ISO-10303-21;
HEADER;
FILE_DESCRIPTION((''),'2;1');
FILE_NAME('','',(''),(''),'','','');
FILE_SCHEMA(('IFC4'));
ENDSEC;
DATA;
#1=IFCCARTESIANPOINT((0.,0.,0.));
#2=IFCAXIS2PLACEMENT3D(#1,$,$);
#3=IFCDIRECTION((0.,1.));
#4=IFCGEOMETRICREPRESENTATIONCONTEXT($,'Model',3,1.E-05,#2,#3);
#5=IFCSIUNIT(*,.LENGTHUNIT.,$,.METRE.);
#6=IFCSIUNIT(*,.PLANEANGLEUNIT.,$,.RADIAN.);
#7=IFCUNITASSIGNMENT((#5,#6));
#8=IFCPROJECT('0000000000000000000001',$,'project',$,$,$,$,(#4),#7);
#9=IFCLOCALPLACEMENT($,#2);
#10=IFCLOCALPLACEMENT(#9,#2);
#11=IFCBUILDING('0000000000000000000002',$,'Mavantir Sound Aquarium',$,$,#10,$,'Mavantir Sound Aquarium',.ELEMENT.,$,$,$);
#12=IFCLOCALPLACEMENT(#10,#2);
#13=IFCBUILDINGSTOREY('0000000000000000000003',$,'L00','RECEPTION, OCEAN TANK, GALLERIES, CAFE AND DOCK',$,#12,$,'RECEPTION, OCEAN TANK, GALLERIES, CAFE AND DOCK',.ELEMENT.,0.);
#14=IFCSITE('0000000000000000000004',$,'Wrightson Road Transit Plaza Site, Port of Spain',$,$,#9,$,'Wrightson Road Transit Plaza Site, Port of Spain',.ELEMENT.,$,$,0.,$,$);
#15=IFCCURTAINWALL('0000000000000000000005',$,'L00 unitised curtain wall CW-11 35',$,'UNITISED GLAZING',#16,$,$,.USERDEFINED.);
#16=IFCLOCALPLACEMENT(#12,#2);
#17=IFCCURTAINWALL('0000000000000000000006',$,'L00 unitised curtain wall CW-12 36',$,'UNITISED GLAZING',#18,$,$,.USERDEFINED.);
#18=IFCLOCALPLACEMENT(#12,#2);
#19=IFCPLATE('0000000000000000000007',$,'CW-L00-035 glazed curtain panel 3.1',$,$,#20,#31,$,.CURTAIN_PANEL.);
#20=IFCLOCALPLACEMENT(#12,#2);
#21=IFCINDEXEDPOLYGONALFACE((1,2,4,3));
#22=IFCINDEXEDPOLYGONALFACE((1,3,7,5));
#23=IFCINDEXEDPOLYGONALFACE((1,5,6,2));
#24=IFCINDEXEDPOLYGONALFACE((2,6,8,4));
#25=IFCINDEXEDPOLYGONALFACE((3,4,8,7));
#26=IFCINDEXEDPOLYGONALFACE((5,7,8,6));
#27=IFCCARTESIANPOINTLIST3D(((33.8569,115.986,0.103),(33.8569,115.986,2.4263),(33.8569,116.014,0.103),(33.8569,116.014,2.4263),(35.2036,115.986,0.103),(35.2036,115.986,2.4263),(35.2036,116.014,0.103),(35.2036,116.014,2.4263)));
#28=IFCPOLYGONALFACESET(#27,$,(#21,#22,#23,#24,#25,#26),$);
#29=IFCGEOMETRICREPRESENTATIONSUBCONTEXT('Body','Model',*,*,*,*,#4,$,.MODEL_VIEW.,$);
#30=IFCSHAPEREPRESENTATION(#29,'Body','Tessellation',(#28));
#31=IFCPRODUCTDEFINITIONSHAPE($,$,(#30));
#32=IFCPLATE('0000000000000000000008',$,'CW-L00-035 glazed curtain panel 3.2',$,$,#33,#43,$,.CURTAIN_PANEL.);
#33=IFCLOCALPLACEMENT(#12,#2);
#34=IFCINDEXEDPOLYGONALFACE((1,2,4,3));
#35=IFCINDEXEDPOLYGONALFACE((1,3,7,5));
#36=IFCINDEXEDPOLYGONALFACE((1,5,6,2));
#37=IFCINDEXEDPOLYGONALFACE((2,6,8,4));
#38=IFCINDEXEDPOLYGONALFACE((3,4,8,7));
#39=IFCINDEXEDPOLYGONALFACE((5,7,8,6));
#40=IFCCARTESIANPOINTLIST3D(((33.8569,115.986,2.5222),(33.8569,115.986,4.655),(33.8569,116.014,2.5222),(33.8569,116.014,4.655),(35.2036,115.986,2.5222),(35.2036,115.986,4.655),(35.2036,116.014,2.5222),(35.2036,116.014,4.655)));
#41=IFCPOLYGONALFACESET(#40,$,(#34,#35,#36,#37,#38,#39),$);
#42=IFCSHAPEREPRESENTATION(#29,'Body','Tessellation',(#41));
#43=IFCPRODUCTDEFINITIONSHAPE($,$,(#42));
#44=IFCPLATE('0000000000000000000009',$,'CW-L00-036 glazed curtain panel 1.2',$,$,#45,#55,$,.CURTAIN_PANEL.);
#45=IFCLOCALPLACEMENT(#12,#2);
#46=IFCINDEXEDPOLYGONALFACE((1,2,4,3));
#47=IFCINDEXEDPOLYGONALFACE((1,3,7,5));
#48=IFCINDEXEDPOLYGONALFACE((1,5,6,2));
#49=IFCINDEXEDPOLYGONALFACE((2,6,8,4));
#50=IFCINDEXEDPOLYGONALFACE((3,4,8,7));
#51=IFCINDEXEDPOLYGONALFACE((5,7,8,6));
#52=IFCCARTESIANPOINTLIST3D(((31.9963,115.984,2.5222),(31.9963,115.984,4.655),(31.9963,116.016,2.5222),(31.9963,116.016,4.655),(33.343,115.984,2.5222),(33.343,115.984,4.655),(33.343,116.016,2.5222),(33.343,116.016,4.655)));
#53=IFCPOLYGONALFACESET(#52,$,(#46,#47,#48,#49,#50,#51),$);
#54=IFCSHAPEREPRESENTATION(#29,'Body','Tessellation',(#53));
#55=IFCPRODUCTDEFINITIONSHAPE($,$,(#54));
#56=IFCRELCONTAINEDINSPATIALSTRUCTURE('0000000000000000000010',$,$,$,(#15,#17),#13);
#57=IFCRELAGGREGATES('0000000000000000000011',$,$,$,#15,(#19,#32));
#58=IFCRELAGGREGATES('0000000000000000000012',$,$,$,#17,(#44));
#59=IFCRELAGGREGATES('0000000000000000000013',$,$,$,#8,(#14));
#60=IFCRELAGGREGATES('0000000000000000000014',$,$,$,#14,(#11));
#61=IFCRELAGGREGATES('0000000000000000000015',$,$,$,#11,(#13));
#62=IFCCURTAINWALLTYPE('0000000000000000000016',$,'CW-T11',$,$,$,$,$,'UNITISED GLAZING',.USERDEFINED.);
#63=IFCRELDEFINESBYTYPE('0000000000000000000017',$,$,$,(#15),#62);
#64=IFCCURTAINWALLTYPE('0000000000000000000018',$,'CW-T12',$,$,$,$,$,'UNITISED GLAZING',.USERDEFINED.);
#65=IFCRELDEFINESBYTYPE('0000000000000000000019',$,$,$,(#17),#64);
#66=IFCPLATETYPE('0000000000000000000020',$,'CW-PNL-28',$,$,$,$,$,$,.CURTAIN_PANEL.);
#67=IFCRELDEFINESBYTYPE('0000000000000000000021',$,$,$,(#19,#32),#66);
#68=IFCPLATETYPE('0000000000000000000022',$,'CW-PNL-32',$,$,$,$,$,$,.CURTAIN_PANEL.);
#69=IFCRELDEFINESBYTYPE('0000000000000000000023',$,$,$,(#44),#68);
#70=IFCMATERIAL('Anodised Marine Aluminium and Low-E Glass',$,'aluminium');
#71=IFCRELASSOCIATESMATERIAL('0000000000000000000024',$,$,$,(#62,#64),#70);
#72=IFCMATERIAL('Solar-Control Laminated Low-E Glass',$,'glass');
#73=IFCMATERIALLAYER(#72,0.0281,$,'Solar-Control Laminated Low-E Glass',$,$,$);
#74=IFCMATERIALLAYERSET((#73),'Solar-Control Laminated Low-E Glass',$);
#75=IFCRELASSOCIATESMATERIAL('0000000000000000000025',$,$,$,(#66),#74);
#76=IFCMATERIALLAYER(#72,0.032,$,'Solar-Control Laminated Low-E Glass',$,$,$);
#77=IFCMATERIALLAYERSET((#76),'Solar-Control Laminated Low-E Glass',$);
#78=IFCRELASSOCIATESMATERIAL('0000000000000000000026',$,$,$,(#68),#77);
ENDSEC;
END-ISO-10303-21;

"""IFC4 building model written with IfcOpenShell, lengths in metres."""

from ifc_helpers import new_model, si_unit, direction, frame, origin, origin_2d, place, context, subcontext, project, spatial, rectangle, extrude, material, layer, layer_set, type_object, element, aggregate, save


model = new_model("IFC4")

# Units and contexts
model_context = context("Model", 3, precision=1e-05, world=origin(), true_north=direction((0.0, 1.0)))
body_context = subcontext(model_context, "Body", "Model", "MODEL_VIEW")
ifc_project = project(units=[si_unit("LENGTHUNIT", "METRE"), si_unit("PLANEANGLEUNIT", "RADIAN")], contexts=[model_context])

# Site, building, storey
site_placement = place(None, origin())
site = spatial("IfcSite", under=ifc_project, at=site_placement, Name="Wrightson Road Transit Plaza Site, Port of Spain", LongName="Wrightson Road Transit Plaza Site, Port of Spain", CompositionType="ELEMENT", RefElevation=0.0)
building_placement = place(site_placement, origin())
building = spatial("IfcBuilding", under=site, at=building_placement, Name="Mavantir Sound Aquarium", LongName="Mavantir Sound Aquarium", CompositionType="ELEMENT")
storey_placement = place(building_placement, origin())
storey = spatial("IfcBuildingStorey", under=building, at=storey_placement, Name="L00", Description="RECEPTION, OCEAN TANK, GALLERIES, CAFE AND DOCK", LongName="RECEPTION, OCEAN TANK, GALLERIES, CAFE AND DOCK", CompositionType="ELEMENT", Elevation=0.0)

# Curtain wall
ifc_material_1 = material(Name="Anodised Marine Aluminium and Low-E Glass", Category="aluminium")
curtain_wall_type_1 = type_object("IfcCurtainWallType", Name="CW-T11", ElementType="UNITISED GLAZING", PredefinedType="USERDEFINED", material=ifc_material_1)
curtain_wall_1_placement = place(storey_placement, origin())
curtain_wall_1 = element("IfcCurtainWall", 1, at=curtain_wall_1_placement, inside=storey, type_object=curtain_wall_type_1, Name="L00 unitised curtain wall CW-11 35", ObjectType="UNITISED GLAZING", PredefinedType="USERDEFINED")

# Curtain wall
curtain_wall_type_2 = type_object("IfcCurtainWallType", Name="CW-T12", ElementType="UNITISED GLAZING", PredefinedType="USERDEFINED", material=ifc_material_1)
curtain_wall_2_placement = place(storey_placement, origin())
curtain_wall_2 = element("IfcCurtainWall", 2, at=curtain_wall_2_placement, inside=storey, type_object=curtain_wall_type_2, Name="L00 unitised curtain wall CW-12 36", ObjectType="UNITISED GLAZING", PredefinedType="USERDEFINED")

# Plates
ifc_material_2 = material(Name="Solar-Control Laminated Low-E Glass", Category="glass")
ifc_layer_1 = layer(ifc_material_2, 0.0281, Name="Solar-Control Laminated Low-E Glass")
ifc_layer_set_1 = layer_set([ifc_layer_1], Name="Solar-Control Laminated Low-E Glass")
plate_type_1 = type_object("IfcPlateType", Name="CW-PNL-28", PredefinedType="CURTAIN_PANEL", material=ifc_layer_set_1)
plate_1_placement = place(storey_placement, frame((34.5303, 116.0, 0.103), z_axis=(0.0, 0.0, 1.0), x_axis=(-1.0, 0.0, 0.0)))
plate_1 = element("IfcPlate", 3, at=plate_1_placement, type_object=plate_type_1, Name="CW-L00-035 glazed curtain panel 3.1", PredefinedType="CURTAIN_PANEL", context=body_context, shape_type="SweptSolid", body=[
    extrude(rectangle(XDim=1.3467, YDim=0.0281, at=origin_2d()), origin(), (0.0, 0.0, 1.0), 2.3232),
])
plate_2_placement = place(storey_placement, frame((34.5303, 116.0, 2.5222), z_axis=(0.0, 0.0, 1.0), x_axis=(-1.0, 0.0, 0.0)))
plate_2 = element("IfcPlate", 4, at=plate_2_placement, type_object=plate_type_1, Name="CW-L00-035 glazed curtain panel 3.2", PredefinedType="CURTAIN_PANEL", context=body_context, shape_type="SweptSolid", body=[
    extrude(rectangle(XDim=1.3467, YDim=0.0281, at=origin_2d()), origin(), (0.0, 0.0, 1.0), 2.1328),
])
aggregate(curtain_wall_1, [plate_1, plate_2])
ifc_layer_2 = layer(ifc_material_2, 0.032, Name="Solar-Control Laminated Low-E Glass")
ifc_layer_set_2 = layer_set([ifc_layer_2], Name="Solar-Control Laminated Low-E Glass")
plate_type_2 = type_object("IfcPlateType", Name="CW-PNL-32", PredefinedType="CURTAIN_PANEL", material=ifc_layer_set_2)
plate_3_placement = place(storey_placement, frame((32.6697, 116.0, 2.5222), z_axis=(0.0, 0.0, 1.0), x_axis=(-1.0, 0.0, 0.0)))
plate_3 = element("IfcPlate", 5, at=plate_3_placement, type_object=plate_type_2, Name="CW-L00-036 glazed curtain panel 1.2", PredefinedType="CURTAIN_PANEL", context=body_context, shape_type="SweptSolid", body=[
    extrude(rectangle(XDim=1.3467, YDim=0.032, at=origin_2d()), origin(), (0.0, 0.0, 1.0), 2.1328),
])
aggregate(curtain_wall_2, [plate_3])

save(model, "model.ifc")
